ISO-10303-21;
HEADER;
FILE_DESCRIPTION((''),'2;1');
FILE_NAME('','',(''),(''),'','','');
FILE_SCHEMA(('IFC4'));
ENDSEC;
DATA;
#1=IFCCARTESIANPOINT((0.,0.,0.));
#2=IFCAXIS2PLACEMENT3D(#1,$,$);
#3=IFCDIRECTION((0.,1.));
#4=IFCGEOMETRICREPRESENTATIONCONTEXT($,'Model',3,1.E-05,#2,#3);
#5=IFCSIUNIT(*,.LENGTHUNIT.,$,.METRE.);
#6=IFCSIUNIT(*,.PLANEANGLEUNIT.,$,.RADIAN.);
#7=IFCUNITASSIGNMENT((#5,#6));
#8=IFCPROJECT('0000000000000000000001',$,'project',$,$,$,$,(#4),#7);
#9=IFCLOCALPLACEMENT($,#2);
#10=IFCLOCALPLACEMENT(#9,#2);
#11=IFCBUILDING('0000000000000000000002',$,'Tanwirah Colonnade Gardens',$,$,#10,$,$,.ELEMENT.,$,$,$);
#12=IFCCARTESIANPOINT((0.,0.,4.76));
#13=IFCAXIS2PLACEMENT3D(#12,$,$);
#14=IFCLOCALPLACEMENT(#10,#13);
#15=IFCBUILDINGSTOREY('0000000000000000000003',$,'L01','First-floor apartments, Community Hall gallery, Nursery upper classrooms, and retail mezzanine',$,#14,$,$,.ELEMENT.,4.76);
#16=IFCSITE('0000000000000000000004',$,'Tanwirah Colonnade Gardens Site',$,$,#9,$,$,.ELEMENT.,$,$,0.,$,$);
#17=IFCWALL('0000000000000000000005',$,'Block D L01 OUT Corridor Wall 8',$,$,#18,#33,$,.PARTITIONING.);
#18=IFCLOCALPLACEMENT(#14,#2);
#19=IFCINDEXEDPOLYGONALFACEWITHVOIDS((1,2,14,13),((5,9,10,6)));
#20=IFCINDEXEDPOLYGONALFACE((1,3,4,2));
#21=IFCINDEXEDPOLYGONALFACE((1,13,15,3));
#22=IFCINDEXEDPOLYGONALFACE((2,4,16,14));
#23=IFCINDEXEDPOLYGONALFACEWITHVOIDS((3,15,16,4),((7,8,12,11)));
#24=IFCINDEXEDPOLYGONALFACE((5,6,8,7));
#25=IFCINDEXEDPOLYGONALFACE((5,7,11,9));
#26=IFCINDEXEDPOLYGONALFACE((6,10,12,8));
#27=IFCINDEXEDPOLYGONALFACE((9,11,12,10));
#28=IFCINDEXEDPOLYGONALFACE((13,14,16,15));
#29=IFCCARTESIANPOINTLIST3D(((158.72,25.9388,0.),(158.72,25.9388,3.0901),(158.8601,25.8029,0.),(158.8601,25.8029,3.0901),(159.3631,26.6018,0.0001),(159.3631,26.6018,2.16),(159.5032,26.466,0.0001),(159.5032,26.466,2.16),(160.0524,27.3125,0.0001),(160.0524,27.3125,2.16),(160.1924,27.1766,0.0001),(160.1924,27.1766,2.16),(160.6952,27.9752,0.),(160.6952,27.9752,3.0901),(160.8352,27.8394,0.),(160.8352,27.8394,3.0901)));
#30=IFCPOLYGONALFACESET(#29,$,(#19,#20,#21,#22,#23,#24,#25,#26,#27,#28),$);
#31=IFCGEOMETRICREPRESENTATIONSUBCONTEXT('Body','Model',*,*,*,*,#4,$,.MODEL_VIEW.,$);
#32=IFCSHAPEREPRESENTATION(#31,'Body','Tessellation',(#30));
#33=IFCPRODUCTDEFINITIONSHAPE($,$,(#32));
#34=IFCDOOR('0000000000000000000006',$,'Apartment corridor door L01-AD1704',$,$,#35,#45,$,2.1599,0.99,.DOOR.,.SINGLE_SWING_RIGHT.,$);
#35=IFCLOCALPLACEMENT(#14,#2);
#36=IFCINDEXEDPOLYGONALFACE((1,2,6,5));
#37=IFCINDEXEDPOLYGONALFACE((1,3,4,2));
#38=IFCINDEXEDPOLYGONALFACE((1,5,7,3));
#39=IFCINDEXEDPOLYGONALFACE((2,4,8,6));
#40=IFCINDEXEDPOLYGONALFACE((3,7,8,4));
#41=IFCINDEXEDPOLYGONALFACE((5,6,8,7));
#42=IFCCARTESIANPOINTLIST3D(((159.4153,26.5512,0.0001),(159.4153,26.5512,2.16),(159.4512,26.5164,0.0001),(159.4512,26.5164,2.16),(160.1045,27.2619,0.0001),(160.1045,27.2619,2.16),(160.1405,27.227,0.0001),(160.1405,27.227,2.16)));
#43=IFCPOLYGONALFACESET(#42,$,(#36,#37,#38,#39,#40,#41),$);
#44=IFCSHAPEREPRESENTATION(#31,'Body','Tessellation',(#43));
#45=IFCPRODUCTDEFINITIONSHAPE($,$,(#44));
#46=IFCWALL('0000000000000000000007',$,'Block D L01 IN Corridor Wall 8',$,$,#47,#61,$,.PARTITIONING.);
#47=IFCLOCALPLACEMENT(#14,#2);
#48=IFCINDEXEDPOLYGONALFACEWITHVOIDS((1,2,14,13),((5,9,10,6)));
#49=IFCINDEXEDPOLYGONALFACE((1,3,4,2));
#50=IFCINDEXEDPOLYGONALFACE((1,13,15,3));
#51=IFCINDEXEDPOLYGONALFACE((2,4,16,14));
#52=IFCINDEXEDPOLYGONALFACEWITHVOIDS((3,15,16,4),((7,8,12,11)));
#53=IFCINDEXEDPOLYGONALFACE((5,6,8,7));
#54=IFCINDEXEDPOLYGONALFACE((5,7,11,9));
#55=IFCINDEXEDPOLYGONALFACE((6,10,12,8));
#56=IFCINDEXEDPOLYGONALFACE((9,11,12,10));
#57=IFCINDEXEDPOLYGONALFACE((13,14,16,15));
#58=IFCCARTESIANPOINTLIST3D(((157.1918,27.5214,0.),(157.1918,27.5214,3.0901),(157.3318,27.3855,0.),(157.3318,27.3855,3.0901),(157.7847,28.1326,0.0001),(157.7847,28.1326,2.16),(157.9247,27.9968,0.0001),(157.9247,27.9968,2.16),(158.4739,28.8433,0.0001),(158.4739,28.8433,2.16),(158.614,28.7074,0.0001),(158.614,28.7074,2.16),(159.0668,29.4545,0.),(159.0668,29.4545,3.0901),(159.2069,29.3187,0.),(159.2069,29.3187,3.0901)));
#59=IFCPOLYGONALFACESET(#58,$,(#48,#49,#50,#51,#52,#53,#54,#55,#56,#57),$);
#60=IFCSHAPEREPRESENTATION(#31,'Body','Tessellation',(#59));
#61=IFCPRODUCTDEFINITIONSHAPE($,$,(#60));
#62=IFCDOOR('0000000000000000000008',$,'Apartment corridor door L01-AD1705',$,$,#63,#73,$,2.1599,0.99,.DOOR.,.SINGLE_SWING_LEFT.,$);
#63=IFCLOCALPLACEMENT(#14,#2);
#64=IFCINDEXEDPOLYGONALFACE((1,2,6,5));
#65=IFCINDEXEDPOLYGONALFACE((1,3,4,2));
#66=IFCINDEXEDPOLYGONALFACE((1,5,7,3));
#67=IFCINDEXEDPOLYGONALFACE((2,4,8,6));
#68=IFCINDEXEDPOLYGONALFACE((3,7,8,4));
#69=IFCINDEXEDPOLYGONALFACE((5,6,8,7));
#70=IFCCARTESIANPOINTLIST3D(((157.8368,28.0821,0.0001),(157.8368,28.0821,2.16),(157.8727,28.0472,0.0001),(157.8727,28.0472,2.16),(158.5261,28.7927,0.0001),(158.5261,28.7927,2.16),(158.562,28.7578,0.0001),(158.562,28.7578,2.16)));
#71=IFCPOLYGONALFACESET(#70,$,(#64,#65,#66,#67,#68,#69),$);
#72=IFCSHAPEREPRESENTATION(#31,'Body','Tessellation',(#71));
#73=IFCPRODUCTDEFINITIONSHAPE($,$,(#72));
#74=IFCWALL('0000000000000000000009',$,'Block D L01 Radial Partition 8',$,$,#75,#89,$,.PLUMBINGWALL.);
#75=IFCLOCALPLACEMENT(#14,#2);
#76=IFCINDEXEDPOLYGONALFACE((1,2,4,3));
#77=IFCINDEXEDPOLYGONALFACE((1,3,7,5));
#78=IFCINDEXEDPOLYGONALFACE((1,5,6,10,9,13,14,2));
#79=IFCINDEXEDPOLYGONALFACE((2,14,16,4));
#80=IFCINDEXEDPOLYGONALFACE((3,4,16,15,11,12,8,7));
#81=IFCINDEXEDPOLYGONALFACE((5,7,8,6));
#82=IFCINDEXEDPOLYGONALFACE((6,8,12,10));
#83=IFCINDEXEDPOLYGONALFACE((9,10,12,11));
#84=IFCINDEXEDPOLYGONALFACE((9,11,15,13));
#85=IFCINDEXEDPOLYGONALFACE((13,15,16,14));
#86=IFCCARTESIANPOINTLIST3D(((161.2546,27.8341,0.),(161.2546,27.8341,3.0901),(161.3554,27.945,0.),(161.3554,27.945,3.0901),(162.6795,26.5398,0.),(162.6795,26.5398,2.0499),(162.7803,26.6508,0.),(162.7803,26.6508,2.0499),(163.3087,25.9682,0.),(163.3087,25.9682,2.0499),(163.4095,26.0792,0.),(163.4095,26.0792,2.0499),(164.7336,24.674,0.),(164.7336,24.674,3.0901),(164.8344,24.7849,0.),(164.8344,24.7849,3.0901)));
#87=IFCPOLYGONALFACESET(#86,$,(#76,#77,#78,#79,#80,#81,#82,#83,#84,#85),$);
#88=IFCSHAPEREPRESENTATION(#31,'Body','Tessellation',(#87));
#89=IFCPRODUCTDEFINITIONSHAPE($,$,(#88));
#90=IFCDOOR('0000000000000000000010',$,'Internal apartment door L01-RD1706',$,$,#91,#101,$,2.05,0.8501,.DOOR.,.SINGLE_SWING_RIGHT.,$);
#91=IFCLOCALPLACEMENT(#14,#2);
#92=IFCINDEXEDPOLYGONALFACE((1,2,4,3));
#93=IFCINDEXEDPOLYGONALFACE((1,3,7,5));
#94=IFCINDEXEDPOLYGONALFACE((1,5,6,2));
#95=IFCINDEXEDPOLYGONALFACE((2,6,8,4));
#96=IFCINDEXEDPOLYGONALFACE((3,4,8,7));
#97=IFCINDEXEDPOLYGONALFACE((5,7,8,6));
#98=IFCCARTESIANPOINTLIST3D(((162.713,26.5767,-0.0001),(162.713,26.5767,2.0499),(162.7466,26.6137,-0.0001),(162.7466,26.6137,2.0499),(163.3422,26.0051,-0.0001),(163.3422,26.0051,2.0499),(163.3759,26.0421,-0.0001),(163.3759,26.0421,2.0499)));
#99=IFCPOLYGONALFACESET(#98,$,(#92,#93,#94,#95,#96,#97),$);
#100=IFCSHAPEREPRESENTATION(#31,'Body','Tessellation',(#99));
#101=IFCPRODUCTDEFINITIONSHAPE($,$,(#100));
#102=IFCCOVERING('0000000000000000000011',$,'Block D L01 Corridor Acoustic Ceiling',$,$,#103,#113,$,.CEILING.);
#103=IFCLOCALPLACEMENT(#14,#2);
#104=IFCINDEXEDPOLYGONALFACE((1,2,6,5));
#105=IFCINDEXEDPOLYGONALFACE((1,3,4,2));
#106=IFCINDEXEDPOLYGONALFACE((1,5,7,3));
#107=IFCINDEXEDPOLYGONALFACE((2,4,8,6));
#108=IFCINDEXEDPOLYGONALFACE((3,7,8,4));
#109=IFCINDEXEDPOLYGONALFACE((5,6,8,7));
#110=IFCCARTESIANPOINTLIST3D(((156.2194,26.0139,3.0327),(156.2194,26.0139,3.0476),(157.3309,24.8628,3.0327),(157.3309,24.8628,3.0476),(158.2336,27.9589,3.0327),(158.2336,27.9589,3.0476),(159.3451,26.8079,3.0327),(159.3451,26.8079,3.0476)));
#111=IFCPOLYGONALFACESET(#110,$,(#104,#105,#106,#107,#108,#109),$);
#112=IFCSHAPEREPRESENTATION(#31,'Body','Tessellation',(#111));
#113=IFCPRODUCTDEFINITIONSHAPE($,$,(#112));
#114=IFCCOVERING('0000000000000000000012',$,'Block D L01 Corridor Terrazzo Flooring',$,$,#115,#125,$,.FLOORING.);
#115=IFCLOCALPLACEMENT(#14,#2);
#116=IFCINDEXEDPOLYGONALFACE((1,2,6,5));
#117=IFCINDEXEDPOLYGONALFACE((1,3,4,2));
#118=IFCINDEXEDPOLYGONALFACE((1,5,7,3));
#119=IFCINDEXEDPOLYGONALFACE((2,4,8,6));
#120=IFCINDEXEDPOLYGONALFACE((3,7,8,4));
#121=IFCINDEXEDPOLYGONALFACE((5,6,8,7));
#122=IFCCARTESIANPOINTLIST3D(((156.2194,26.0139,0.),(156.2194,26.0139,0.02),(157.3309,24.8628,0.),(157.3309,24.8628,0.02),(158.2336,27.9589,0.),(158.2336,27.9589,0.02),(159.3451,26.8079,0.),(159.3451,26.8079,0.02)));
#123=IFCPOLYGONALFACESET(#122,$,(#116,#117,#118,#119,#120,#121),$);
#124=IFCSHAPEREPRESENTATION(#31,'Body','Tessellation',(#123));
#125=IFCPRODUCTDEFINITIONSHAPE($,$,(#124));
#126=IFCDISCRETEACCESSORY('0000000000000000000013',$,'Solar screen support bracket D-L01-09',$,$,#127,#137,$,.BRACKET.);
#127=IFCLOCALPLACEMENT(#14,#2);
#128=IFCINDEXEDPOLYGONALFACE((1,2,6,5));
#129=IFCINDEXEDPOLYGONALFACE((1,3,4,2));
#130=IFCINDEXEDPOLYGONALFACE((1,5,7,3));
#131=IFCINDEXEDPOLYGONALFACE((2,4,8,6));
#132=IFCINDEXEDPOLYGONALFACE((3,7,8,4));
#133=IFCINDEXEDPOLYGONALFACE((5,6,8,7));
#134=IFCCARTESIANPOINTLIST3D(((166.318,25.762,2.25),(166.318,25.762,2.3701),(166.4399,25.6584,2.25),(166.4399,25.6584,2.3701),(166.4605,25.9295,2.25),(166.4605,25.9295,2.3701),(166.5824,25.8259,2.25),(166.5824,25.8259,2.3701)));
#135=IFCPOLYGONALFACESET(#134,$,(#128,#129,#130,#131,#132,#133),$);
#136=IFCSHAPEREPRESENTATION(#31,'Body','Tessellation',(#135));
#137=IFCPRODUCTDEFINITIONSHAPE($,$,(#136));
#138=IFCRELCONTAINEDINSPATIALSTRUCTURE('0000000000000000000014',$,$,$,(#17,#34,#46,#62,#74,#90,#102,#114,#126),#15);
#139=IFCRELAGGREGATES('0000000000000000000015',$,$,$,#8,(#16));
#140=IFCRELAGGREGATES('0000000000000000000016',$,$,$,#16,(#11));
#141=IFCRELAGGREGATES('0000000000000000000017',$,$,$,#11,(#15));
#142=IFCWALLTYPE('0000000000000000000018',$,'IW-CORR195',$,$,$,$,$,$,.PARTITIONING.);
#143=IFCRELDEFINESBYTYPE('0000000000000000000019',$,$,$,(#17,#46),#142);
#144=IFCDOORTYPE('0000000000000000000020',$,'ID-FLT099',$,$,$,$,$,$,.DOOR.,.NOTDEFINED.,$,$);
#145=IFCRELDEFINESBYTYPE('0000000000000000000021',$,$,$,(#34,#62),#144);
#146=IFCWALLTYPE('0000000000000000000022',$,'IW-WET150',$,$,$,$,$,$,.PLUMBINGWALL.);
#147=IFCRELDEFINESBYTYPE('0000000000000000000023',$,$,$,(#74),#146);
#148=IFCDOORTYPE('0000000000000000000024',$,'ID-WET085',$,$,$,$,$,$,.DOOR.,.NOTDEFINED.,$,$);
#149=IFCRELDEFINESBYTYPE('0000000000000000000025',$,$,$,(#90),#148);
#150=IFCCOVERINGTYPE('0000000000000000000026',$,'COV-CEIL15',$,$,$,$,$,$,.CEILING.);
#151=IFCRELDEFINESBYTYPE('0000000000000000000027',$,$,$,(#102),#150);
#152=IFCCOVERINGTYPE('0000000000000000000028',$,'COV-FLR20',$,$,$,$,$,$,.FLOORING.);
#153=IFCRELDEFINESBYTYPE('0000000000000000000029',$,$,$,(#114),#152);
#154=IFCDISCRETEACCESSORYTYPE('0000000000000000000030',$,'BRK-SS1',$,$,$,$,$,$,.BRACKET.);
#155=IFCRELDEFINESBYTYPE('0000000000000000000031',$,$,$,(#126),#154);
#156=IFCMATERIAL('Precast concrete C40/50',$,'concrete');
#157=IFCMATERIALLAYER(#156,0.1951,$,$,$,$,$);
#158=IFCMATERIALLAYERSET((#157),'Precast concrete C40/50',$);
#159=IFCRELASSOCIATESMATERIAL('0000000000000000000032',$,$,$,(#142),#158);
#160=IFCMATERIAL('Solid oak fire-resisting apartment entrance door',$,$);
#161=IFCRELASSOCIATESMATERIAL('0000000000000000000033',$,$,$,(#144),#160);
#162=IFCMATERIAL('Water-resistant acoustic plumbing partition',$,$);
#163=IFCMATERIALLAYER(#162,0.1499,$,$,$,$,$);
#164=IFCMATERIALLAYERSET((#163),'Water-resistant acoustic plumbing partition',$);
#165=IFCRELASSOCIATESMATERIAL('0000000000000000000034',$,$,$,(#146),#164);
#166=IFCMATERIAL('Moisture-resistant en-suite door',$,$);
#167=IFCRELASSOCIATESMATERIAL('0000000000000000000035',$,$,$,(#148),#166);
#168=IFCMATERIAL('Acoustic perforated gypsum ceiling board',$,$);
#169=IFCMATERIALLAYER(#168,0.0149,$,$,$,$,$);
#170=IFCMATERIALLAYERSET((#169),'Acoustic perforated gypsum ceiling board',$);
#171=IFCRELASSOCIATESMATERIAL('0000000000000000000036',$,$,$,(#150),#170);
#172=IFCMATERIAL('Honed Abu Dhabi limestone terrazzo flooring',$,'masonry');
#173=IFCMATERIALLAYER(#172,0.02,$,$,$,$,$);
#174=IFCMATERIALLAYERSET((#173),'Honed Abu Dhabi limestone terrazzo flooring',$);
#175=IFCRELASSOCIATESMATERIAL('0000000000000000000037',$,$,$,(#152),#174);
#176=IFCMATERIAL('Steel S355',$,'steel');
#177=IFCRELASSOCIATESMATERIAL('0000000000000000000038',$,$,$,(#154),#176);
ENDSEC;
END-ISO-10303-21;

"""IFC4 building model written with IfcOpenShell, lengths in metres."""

from ifc_helpers import new_model, si_unit, direction, frame, frame_2d, origin, origin_2d, place, context, subcontext, project, spatial, rectangle, extrude, material, layer, layer_set, type_object, element, fill, save


model = new_model("IFC4")

# Units and contexts
model_context = context("Model", 3, precision=1e-05, world=origin(), true_north=direction((0.0, 1.0)))
body_context = subcontext(model_context, "Body", "Model", "MODEL_VIEW")
ifc_project = project(units=[si_unit("LENGTHUNIT", "METRE"), si_unit("PLANEANGLEUNIT", "RADIAN")], contexts=[model_context])

# Site, building, storey
site_placement = place(None, origin())
site = spatial("IfcSite", under=ifc_project, at=site_placement, Name="Tanwirah Colonnade Gardens Site", CompositionType="ELEMENT", RefElevation=0.0)
building_placement = place(site_placement, origin())
building = spatial("IfcBuilding", under=site, at=building_placement, Name="Tanwirah Colonnade Gardens", CompositionType="ELEMENT")
storey_placement = place(building_placement, frame((0.0, 0.0, 4.76)))
storey = spatial("IfcBuildingStorey", under=building, at=storey_placement, Name="L01", Description="First-floor apartments, Community Hall gallery, Nursery upper classrooms, and retail mezzanine", CompositionType="ELEMENT", Elevation=4.76)

# Shared definitions
ifc_material_1 = material(Name="Precast concrete C40/50", Category="concrete")

# Walls, openings, doors
ifc_layer_1 = layer(ifc_material_1, 0.1951)
ifc_layer_set_1 = layer_set([ifc_layer_1], Name="Precast concrete C40/50")
wall_type_1 = type_object("IfcWallType", Name="IW-CORR195", PredefinedType="PARTITIONING", material=ifc_layer_set_1)
wall_1_placement = place(storey_placement, frame((158.79, 25.8708, 0.0), z_axis=(0.0, 0.0, 1.0), x_axis=(0.696224, 0.717825, 0.0)))
wall_1 = element("IfcWall", 1, at=wall_1_placement, inside=storey, type_object=wall_type_1, Name="Block D L01 OUT Corridor Wall 8", PredefinedType="PARTITIONING", context=body_context, shape_type="SweptSolid", body=[
    extrude(rectangle(XDim=2.8369, YDim=0.1951, at=frame_2d((1.4185, 0.0))), origin(), (0.0, 0.0, 1.0), 3.0901),
])
opening_1_placement = place(wall_1_placement, frame((0.9236, 0.0, 0.0)))
opening_1 = element("IfcOpeningElement", 2, at=opening_1_placement, cuts=wall_1, PredefinedType="OPENING", context=body_context, shape_type="SweptSolid", body=[
    extrude(rectangle(XDim=0.99, YDim=2.1599, at=frame_2d((0.4951, 1.0801))), frame((0.0, 0.1074, 0.0), z_axis=(0.0, -1.0, 0.0), x_axis=(1.0, 0.0, 0.0)), (0.0, 0.0, 1.0), 0.2151),
])
ifc_material_2 = material(Name="Solid oak fire-resisting apartment entrance door")
door_type_1 = type_object("IfcDoorType", Name="ID-FLT099", OperationType="NOTDEFINED", PredefinedType="DOOR", material=ifc_material_2)
door_1_placement = place(opening_1_placement, origin())
door_1 = element("IfcDoor", 3, at=door_1_placement, inside=storey, type_object=door_type_1, Name="Apartment corridor door L01-AD1704", OperationType="SINGLE_SWING_RIGHT", OverallHeight=2.1599, OverallWidth=0.99, PredefinedType="DOOR", context=body_context, shape_type="SweptSolid", body=[
    extrude(rectangle(XDim=0.99, YDim=2.1599, at=frame_2d((0.4951, 1.0801))), frame((0.0, 0.0249, 0.0), z_axis=(0.0, -1.0, 0.0), x_axis=(1.0, 0.0, 0.0)), (0.0, 0.0, 1.0), 0.05),
])
fill(opening_1, door_1)
wall_2_placement = place(storey_placement, frame((157.2617, 27.4534, 0.0), z_axis=(0.0, 0.0, 1.0), x_axis=(0.696236, 0.717813, 0.0)))
wall_2 = element("IfcWall", 4, at=wall_2_placement, inside=storey, type_object=wall_type_1, Name="Block D L01 IN Corridor Wall 8", PredefinedType="PARTITIONING", context=body_context, shape_type="SweptSolid", body=[
    extrude(rectangle(XDim=2.6931, YDim=0.1951, at=frame_2d((1.3467, 0.0))), origin(), (0.0, 0.0, 1.0), 3.0901),
])
opening_2_placement = place(wall_2_placement, frame((0.8516, 0.0, 0.0)))
opening_2 = element("IfcOpeningElement", 5, at=opening_2_placement, cuts=wall_2, PredefinedType="OPENING", context=body_context, shape_type="SweptSolid", body=[
    extrude(rectangle(XDim=0.99, YDim=2.1599, at=frame_2d((0.4951, 1.0801))), frame((0.0, 0.1074, 0.0), z_axis=(0.0, -1.0, 0.0), x_axis=(1.0, 0.0, 0.0)), (0.0, 0.0, 1.0), 0.2151),
])
door_2_placement = place(opening_2_placement, origin())
door_2 = element("IfcDoor", 6, at=door_2_placement, inside=storey, type_object=door_type_1, Name="Apartment corridor door L01-AD1705", OperationType="SINGLE_SWING_LEFT", OverallHeight=2.1599, OverallWidth=0.99, PredefinedType="DOOR", context=body_context, shape_type="SweptSolid", body=[
    extrude(rectangle(XDim=0.99, YDim=2.1599, at=frame_2d((0.4951, 1.0801))), frame((0.0, 0.0249, 0.0), z_axis=(0.0, -1.0, 0.0), x_axis=(1.0, 0.0, 0.0)), (0.0, 0.0, 1.0), 0.05),
])
fill(opening_2, door_2)
ifc_material_3 = material(Name="Water-resistant acoustic plumbing partition")
ifc_layer_2 = layer(ifc_material_3, 0.1499)
ifc_layer_set_2 = layer_set([ifc_layer_2], Name="Water-resistant acoustic plumbing partition")
wall_type_2 = type_object("IfcWallType", Name="IW-WET150", PredefinedType="PLUMBINGWALL", material=ifc_layer_set_2)
wall_3_placement = place(storey_placement, frame((161.3049, 27.8896, 0.0), z_axis=(0.0, 0.0, 1.0), x_axis=(0.740213, -0.672373, 0.0)))
wall_3 = element("IfcWall", 7, at=wall_3_placement, inside=storey, type_object=wall_type_2, Name="Block D L01 Radial Partition 8", PredefinedType="PLUMBINGWALL", context=body_context, shape_type="SweptSolid", body=[
    extrude(rectangle(XDim=4.7, YDim=0.1499, at=frame_2d((2.3501, 0.0))), origin(), (0.0, 0.0, 1.0), 3.0901),
])
opening_3_placement = place(wall_3_placement, frame((1.925, 0.0, 0.0)))
opening_3 = element("IfcOpeningElement", 8, at=opening_3_placement, cuts=wall_3, PredefinedType="OPENING", context=body_context, shape_type="SweptSolid", body=[
    extrude(rectangle(XDim=0.8501, YDim=2.05, at=frame_2d((0.425, 1.0249))), frame((0.0, 0.085, 0.0), z_axis=(0.0, -1.0, 0.0), x_axis=(1.0, 0.0, 0.0)), (0.0, 0.0, 1.0), 0.1699),
])
ifc_material_4 = material(Name="Moisture-resistant en-suite door")
door_type_2 = type_object("IfcDoorType", Name="ID-WET085", OperationType="NOTDEFINED", PredefinedType="DOOR", material=ifc_material_4)
door_3_placement = place(opening_3_placement, origin())
door_3 = element("IfcDoor", 9, at=door_3_placement, inside=storey, type_object=door_type_2, Name="Internal apartment door L01-RD1706", OperationType="SINGLE_SWING_RIGHT", OverallHeight=2.05, OverallWidth=0.8501, PredefinedType="DOOR", context=body_context, shape_type="SweptSolid", body=[
    extrude(rectangle(XDim=0.8501, YDim=2.05, at=frame_2d((0.425, 1.0249))), frame((0.0, 0.0249, 0.0), z_axis=(0.0, -1.0, 0.0), x_axis=(1.0, 0.0, 0.0)), (0.0, 0.0, 1.0), 0.05),
])
fill(opening_3, door_3)

# Coverings
ifc_material_5 = material(Name="Acoustic perforated gypsum ceiling board")
ifc_layer_3 = layer(ifc_material_5, 0.0149)
ifc_layer_set_3 = layer_set([ifc_layer_3], Name="Acoustic perforated gypsum ceiling board")
covering_type_1 = type_object("IfcCoveringType", Name="COV-CEIL15", PredefinedType="CEILING", material=ifc_layer_set_3)
covering_1_placement = place(storey_placement, frame((157.7822, 26.4109, 3.0327), z_axis=(0.0, 0.0, 1.0), x_axis=(0.71934, 0.694658, 0.0)))
element("IfcCovering", 10, at=covering_1_placement, inside=storey, type_object=covering_type_1, Name="Block D L01 Corridor Acoustic Ceiling", PredefinedType="CEILING", context=body_context, shape_type="SweptSolid", body=[
    extrude(rectangle(XDim=2.8, YDim=1.6001, at=origin_2d()), origin(), (0.0, 0.0, 1.0), 0.0149),
])
ifc_material_6 = material(Name="Honed Abu Dhabi limestone terrazzo flooring", Category="masonry")
ifc_layer_4 = layer(ifc_material_6, 0.02)
ifc_layer_set_4 = layer_set([ifc_layer_4], Name="Honed Abu Dhabi limestone terrazzo flooring")
covering_type_2 = type_object("IfcCoveringType", Name="COV-FLR20", PredefinedType="FLOORING", material=ifc_layer_set_4)
covering_2_placement = place(storey_placement, frame((157.7822, 26.4109, 0.0), z_axis=(0.0, 0.0, 1.0), x_axis=(0.71934, 0.694658, 0.0)))
element("IfcCovering", 11, at=covering_2_placement, inside=storey, type_object=covering_type_2, Name="Block D L01 Corridor Terrazzo Flooring", PredefinedType="FLOORING", context=body_context, shape_type="SweptSolid", body=[
    extrude(rectangle(XDim=2.8, YDim=1.6001, at=origin_2d()), origin(), (0.0, 0.0, 1.0), 0.02),
])

# Discrete accessory
ifc_material_7 = material(Name="Steel S355", Category="steel")
discrete_accessory_type = type_object("IfcDiscreteAccessoryType", Name="BRK-SS1", PredefinedType="BRACKET", material=ifc_material_7)
discrete_accessory_placement = place(storey_placement, frame((166.4502, 25.7939, 2.25), z_axis=(0.0, 0.0, 1.0), x_axis=(0.647787, 0.761822, 0.0)))
element("IfcDiscreteAccessory", 12, at=discrete_accessory_placement, inside=storey, type_object=discrete_accessory_type, Name="Solar screen support bracket D-L01-09", PredefinedType="BRACKET", context=body_context, shape_type="SweptSolid", body=[
    extrude(rectangle(XDim=0.22, YDim=0.1599, at=origin_2d()), origin(), (0.0, 0.0, 1.0), 0.1201),
])

save(model, "model.ifc")
